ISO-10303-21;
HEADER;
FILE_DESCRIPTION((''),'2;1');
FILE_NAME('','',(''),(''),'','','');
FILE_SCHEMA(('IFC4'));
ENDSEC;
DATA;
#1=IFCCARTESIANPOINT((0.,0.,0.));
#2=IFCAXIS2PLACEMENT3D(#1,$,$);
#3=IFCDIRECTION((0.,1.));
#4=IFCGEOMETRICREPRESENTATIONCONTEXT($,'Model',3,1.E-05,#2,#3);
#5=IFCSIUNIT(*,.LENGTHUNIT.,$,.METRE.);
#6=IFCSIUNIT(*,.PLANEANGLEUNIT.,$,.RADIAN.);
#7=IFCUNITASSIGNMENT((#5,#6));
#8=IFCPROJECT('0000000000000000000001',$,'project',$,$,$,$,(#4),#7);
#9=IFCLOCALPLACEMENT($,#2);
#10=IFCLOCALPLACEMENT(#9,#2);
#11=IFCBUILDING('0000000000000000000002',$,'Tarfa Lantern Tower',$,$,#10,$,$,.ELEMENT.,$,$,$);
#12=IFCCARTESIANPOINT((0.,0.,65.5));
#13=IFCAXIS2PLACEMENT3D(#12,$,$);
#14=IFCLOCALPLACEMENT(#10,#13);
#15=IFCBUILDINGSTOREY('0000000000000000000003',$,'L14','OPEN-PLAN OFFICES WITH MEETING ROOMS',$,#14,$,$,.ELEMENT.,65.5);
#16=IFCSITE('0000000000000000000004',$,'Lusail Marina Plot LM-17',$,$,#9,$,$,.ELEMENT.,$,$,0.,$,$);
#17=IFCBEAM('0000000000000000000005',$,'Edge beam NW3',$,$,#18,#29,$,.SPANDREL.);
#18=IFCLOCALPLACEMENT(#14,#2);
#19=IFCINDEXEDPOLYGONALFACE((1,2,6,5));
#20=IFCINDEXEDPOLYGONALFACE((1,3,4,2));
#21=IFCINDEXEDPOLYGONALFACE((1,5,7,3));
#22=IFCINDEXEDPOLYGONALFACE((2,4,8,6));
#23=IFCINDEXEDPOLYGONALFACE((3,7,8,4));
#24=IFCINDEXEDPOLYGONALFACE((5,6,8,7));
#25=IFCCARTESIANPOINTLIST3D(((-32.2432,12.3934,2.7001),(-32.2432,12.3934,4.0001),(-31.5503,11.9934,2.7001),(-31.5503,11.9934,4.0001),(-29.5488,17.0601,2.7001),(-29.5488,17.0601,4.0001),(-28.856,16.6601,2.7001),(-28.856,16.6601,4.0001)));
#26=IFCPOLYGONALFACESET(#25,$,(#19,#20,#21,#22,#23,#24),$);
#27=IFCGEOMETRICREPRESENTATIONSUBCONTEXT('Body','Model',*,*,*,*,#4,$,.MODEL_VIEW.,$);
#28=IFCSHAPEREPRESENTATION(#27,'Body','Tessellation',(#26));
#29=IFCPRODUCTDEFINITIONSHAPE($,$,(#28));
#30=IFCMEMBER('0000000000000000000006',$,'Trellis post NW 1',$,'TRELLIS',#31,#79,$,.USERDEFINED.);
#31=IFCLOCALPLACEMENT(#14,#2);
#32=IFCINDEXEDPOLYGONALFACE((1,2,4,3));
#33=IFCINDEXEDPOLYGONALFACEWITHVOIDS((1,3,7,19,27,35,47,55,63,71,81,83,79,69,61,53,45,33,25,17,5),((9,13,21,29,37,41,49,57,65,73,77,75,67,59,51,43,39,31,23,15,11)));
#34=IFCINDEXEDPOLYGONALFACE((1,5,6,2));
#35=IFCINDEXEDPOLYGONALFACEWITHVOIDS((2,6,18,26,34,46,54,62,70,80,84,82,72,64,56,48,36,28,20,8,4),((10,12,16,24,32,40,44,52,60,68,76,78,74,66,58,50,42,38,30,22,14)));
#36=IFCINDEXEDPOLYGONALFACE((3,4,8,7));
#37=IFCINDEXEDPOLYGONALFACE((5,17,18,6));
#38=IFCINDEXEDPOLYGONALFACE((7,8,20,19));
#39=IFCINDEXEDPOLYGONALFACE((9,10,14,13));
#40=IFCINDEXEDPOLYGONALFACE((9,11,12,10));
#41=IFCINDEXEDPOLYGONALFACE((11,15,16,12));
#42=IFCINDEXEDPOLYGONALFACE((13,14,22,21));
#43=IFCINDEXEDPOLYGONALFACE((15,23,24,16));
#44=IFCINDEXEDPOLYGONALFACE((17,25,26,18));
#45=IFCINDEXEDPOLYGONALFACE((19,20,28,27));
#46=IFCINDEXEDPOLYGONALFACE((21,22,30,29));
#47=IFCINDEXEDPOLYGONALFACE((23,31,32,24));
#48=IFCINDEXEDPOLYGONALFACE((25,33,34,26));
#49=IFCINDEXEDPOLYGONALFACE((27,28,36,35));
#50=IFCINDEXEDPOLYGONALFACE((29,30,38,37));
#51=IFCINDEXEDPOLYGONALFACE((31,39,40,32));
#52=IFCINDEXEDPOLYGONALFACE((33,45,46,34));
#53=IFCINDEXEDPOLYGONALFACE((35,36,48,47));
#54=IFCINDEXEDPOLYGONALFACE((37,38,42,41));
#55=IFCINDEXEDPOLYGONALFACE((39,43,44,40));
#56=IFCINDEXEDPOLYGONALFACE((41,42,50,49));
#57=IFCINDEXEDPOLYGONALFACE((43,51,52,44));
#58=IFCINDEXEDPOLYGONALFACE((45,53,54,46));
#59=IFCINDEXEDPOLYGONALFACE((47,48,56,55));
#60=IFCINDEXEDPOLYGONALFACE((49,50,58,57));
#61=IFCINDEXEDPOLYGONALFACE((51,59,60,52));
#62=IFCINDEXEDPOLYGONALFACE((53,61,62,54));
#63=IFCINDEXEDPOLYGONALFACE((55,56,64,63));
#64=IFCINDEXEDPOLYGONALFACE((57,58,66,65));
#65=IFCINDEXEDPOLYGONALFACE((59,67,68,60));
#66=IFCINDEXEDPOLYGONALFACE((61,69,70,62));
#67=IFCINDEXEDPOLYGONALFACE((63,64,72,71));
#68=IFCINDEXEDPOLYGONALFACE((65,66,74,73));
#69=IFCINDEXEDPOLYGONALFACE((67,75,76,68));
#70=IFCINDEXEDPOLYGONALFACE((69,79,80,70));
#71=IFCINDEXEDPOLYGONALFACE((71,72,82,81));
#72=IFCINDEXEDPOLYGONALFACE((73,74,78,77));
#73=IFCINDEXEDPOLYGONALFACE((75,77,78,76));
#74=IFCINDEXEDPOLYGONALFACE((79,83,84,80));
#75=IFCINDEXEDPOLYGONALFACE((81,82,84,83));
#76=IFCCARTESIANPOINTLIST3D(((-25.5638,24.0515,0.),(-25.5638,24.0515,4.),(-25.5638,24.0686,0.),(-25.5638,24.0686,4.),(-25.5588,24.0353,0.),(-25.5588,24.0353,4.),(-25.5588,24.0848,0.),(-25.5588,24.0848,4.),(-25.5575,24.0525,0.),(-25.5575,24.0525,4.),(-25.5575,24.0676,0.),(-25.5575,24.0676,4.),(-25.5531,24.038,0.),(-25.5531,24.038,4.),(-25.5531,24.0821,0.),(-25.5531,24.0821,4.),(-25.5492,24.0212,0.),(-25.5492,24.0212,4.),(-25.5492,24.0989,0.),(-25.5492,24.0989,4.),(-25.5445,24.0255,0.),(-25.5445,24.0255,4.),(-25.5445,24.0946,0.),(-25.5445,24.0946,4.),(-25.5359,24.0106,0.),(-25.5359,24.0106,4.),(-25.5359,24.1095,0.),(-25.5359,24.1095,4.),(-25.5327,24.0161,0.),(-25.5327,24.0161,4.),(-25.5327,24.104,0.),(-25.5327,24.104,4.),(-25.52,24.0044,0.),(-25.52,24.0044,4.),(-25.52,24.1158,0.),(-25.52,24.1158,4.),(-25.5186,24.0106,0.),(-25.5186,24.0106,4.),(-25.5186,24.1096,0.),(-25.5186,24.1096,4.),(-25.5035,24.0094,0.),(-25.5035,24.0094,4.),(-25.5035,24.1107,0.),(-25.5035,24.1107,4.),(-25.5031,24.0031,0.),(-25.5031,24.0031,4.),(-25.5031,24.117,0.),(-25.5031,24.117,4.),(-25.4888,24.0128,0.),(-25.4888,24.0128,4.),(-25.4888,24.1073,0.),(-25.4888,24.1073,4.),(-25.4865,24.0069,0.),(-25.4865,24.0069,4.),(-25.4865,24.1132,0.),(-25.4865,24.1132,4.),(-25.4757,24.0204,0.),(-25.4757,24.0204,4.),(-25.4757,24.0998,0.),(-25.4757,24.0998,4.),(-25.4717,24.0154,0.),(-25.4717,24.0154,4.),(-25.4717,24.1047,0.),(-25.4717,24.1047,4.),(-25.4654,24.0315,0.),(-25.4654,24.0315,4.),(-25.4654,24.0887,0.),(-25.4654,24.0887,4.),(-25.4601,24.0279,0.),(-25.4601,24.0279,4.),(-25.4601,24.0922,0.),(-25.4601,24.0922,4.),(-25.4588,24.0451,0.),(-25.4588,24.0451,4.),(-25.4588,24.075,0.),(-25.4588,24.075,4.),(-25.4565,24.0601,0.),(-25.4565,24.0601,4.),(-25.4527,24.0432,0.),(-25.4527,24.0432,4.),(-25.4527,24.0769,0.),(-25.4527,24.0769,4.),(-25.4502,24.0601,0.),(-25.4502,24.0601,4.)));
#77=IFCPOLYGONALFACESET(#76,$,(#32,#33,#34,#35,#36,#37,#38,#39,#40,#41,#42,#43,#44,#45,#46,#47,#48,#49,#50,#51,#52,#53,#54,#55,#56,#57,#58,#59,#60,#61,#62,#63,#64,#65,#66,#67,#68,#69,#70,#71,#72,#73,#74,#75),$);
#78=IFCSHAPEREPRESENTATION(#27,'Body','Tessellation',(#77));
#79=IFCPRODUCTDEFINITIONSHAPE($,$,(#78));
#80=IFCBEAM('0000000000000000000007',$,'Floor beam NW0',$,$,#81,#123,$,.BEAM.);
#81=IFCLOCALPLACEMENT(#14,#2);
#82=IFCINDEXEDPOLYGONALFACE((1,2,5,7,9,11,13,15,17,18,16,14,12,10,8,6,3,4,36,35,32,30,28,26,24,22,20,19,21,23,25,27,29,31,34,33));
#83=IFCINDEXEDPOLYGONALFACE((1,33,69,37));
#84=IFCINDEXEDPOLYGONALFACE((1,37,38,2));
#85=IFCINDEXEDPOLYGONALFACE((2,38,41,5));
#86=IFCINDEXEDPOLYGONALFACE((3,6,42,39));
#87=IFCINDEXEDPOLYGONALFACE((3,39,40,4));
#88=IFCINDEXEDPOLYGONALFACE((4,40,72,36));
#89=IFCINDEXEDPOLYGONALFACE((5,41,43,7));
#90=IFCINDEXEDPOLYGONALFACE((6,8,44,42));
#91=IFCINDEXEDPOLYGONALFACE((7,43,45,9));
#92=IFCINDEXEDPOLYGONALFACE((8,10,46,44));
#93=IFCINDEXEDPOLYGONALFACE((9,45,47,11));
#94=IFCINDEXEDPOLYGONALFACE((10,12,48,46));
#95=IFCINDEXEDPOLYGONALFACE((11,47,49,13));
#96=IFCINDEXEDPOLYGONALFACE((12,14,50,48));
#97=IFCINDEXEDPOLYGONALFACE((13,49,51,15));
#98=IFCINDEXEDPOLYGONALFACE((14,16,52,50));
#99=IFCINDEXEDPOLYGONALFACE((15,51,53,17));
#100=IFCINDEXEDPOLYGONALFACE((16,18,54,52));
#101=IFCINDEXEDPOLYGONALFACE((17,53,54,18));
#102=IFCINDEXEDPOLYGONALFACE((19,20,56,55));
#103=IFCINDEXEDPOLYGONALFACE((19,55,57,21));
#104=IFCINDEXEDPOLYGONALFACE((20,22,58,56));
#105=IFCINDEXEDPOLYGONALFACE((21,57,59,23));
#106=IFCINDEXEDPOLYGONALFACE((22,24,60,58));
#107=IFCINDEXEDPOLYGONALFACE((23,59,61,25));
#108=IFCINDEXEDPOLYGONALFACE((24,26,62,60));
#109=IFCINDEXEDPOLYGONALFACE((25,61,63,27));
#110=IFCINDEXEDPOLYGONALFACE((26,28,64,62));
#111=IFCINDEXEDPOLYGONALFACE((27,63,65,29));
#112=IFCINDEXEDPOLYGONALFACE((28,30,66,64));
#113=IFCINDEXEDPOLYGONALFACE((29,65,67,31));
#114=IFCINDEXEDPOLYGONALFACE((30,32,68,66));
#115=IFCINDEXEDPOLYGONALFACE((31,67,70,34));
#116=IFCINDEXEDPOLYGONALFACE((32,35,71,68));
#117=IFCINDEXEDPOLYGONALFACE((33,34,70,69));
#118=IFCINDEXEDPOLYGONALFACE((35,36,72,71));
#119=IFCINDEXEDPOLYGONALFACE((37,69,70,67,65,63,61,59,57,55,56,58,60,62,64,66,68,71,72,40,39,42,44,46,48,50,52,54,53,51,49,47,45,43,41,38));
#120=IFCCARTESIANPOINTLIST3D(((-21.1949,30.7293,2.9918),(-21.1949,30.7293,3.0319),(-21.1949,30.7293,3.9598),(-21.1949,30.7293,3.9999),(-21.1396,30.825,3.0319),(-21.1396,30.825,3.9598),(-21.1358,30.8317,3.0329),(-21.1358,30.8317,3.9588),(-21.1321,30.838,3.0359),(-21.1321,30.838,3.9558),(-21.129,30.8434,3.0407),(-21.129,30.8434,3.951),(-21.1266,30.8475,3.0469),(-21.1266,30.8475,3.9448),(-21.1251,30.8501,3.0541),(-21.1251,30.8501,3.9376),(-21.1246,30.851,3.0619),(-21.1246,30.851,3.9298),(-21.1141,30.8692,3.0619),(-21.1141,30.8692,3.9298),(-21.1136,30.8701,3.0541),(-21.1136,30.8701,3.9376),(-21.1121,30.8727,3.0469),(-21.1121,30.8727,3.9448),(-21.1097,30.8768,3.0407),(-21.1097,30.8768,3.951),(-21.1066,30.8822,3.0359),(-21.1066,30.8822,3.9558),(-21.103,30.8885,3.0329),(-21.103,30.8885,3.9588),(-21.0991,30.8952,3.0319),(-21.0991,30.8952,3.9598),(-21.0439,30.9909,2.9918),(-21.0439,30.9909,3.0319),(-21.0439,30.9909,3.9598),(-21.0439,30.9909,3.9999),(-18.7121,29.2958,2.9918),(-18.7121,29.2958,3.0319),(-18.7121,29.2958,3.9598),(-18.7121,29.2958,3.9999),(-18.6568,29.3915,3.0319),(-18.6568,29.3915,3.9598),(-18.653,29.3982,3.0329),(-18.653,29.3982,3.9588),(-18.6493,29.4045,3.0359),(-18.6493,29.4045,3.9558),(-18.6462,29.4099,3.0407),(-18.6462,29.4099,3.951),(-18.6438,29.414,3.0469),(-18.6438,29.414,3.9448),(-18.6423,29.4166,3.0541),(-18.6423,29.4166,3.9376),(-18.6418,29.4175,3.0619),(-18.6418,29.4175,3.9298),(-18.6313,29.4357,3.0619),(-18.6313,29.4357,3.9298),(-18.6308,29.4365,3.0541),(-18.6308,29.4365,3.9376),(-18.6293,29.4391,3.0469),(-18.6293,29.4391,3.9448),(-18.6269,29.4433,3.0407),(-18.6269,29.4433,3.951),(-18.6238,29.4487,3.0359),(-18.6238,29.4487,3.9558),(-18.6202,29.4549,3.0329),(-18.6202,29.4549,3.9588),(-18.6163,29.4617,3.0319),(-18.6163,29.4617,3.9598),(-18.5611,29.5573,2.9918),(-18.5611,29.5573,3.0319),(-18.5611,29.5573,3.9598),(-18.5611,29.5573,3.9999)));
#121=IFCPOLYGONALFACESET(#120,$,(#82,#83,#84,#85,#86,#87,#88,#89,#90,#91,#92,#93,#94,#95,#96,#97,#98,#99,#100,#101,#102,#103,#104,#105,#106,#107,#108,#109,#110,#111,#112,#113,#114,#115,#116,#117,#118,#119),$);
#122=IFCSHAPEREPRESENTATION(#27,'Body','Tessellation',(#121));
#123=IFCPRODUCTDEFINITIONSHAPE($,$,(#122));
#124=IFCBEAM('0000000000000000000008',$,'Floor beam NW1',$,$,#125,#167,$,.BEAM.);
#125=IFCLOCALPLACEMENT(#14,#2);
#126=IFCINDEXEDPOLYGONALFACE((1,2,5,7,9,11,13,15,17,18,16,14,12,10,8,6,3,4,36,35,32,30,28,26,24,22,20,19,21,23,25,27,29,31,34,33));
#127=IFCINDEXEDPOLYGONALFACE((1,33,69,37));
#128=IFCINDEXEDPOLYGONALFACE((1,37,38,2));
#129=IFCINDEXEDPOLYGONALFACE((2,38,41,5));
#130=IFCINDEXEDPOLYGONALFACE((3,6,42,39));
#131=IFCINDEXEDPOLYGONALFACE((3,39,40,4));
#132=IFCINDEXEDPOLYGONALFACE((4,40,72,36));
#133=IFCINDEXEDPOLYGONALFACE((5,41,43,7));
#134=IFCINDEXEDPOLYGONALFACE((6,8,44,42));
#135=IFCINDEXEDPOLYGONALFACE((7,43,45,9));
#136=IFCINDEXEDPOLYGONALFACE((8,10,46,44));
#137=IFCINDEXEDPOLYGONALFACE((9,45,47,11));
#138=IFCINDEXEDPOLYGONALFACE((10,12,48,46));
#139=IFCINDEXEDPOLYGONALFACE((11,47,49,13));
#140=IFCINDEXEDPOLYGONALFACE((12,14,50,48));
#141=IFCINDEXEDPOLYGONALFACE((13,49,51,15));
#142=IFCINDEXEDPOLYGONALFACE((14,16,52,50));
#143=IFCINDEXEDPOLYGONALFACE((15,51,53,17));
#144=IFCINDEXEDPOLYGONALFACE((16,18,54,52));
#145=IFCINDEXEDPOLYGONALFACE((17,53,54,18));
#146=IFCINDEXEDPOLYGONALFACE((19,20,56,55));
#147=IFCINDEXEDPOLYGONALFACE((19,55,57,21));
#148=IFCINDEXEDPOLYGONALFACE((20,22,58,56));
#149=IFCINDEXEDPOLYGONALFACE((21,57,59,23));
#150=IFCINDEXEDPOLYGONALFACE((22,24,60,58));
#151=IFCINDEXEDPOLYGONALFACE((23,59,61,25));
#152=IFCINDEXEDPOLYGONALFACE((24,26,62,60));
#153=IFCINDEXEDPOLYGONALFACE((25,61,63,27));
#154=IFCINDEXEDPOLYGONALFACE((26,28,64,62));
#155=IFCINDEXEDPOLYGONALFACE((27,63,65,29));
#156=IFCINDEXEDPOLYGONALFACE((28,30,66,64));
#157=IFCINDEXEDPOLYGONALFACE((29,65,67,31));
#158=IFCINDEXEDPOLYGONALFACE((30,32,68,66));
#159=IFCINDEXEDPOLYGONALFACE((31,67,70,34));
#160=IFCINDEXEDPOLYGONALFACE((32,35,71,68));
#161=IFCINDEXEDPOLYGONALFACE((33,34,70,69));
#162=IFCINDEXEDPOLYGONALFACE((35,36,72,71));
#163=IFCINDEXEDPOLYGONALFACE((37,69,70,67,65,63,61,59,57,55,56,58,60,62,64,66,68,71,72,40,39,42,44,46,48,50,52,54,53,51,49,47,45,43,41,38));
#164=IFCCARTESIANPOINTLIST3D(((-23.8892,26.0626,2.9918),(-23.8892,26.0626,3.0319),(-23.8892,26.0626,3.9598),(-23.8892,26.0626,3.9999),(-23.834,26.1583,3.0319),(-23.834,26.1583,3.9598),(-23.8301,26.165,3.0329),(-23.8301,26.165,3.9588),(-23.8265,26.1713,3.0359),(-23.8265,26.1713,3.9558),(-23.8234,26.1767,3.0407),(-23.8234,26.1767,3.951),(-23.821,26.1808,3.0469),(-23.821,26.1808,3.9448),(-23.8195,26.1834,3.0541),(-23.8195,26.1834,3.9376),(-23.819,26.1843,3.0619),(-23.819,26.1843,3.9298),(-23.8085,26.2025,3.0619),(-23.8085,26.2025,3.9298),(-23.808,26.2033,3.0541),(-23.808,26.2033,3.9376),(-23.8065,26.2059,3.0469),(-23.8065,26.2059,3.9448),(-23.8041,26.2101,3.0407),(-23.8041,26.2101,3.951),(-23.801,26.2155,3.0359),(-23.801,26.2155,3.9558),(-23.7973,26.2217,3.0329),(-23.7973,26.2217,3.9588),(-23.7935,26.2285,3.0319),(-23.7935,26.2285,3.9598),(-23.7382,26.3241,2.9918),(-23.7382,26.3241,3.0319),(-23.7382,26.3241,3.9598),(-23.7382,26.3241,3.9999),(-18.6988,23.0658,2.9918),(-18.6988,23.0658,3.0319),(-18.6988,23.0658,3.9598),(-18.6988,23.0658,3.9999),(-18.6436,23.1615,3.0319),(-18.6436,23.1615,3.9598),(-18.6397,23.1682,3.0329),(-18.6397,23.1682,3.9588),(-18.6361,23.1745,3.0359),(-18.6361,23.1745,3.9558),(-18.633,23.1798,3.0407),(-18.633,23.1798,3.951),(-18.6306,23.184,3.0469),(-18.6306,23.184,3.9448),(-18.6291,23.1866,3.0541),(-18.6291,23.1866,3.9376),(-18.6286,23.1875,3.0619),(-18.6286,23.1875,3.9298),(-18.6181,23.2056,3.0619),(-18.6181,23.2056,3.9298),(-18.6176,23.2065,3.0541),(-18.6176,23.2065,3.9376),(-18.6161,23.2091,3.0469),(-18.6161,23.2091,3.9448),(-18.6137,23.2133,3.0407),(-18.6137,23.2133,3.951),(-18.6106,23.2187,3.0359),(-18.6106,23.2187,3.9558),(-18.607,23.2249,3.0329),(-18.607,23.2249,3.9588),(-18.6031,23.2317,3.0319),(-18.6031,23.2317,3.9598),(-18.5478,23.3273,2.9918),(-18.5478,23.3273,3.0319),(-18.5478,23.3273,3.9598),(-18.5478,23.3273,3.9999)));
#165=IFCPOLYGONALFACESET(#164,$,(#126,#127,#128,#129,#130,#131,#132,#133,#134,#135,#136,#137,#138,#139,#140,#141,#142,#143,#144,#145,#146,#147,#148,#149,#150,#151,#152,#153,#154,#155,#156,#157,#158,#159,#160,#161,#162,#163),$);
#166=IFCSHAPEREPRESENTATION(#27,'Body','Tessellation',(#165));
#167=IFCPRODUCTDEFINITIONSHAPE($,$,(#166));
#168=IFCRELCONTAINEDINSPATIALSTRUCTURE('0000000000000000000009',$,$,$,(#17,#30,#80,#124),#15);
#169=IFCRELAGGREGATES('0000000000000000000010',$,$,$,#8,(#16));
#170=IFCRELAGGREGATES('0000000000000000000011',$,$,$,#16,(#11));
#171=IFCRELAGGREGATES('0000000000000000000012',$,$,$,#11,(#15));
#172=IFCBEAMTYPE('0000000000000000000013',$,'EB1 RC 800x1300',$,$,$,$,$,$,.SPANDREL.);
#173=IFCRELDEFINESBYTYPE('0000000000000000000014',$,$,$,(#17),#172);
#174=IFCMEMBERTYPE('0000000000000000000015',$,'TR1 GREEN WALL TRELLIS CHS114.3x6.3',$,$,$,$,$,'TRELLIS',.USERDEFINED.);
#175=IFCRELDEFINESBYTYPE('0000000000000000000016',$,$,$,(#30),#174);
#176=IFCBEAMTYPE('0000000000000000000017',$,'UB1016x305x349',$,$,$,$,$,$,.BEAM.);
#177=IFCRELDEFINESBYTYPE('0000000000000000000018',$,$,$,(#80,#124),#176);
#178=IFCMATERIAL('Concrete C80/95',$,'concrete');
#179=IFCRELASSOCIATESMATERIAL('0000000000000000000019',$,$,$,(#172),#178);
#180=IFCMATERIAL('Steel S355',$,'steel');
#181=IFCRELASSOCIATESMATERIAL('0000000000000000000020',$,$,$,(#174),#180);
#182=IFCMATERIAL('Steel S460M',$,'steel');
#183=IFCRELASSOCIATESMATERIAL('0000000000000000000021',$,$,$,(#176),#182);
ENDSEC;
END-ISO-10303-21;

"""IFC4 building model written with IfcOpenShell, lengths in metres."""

from ifc_helpers import new_model, si_unit, direction, frame, origin, origin_2d, place, context, subcontext, project, spatial, rectangle, hollow_circle, i_section, extrude, material, material_profile, profile_set, type_object, element, save


model = new_model("IFC4")

# Units and contexts
model_context = context("Model", 3, precision=1e-05, world=origin(), true_north=direction((0.0, 1.0)))
body_context = subcontext(model_context, "Body", "Model", "MODEL_VIEW")
ifc_project = project(units=[si_unit("LENGTHUNIT", "METRE"), si_unit("PLANEANGLEUNIT", "RADIAN")], contexts=[model_context])

# Site, building, storey
site_placement = place(None, origin())
site = spatial("IfcSite", under=ifc_project, at=site_placement, Name="Lusail Marina Plot LM-17", CompositionType="ELEMENT", RefElevation=0.0)
building_placement = place(site_placement, origin())
building = spatial("IfcBuilding", under=site, at=building_placement, Name="Tarfa Lantern Tower", CompositionType="ELEMENT")
storey_placement = place(building_placement, frame((0.0, 0.0, 65.5)))
storey = spatial("IfcBuildingStorey", under=building, at=storey_placement, Name="L14", Description="OPEN-PLAN OFFICES WITH MEETING ROOMS", CompositionType="ELEMENT", Elevation=65.5)

# Shared definitions
ifc_material_1 = material(Name="Concrete C80/95", Category="concrete")

# Beam
ifc_material_profile_1 = material_profile(ifc_material_1, rectangle(XDim=0.8, YDim=1.3, at=origin_2d()), Name="RC 800x1300")
ifc_profile_set_1 = profile_set([ifc_material_profile_1], Name="Concrete C80/95")
beam_type_1 = type_object("IfcBeamType", Name="EB1 RC 800x1300", PredefinedType="SPANDREL", material=ifc_profile_set_1)
beam_1_placement = place(storey_placement, frame((-29.2024, 16.8601, 3.3501), z_axis=(-0.499998, -0.866026, 0.0), x_axis=(0.866026, -0.499998, 0.0)))
element("IfcBeam", 1, at=beam_1_placement, inside=storey, type_object=beam_type_1, Name="Edge beam NW3", PredefinedType="SPANDREL", context=body_context, shape_type="SweptSolid", body=[
    extrude(rectangle(XDim=0.8, YDim=1.3, at=origin_2d()), origin(), (0.0, 0.0, 1.0), 5.3887),
])

# Member
ifc_material_2 = material(Name="Steel S355", Category="steel")
ifc_material_profile_2 = material_profile(ifc_material_2, hollow_circle(Radius=0.0571, WallThickness=0.0063, at=origin_2d()), Name="CHS114.3x6.3")
ifc_profile_set_2 = profile_set([ifc_material_profile_2], Name="Steel S355")
member_type_1 = type_object("IfcMemberType", Name="TR1 GREEN WALL TRELLIS CHS114.3x6.3", ElementType="TRELLIS", PredefinedType="USERDEFINED", material=ifc_profile_set_2)
member_1_placement = place(storey_placement, frame((-25.5073, 24.0601, 0.0), z_axis=(0.0, 0.0, 1.0), x_axis=(1.0, 0.0, 0.0)))
element("IfcMember", 2, at=member_1_placement, inside=storey, type_object=member_type_1, Name="Trellis post NW 1", ObjectType="TRELLIS", PredefinedType="USERDEFINED", context=body_context, shape_type="SweptSolid", body=[
    extrude(hollow_circle(Radius=0.0571, WallThickness=0.0063, at=origin_2d()), origin(), (0.0, 0.0, 1.0), 4.0),
])

# Beams
ifc_material_3 = material(Name="Steel S460M", Category="steel")
ifc_material_profile_3 = material_profile(ifc_material_3, i_section(OverallWidth=0.302, OverallDepth=1.0081, WebThickness=0.021, FlangeThickness=0.04, FilletRadius=0.03, at=origin_2d()), Name="UB1016x305x349")
ifc_profile_set_3 = profile_set([ifc_material_profile_3], Name="Steel S460M")
beam_type_2 = type_object("IfcBeamType", Name="UB1016x305x349", PredefinedType="BEAM", material=ifc_profile_set_3)
beam_2_placement = place(storey_placement, frame((-21.1194, 30.8601, 3.4958), z_axis=(0.866013, -0.500022, 0.0), x_axis=(0.500022, 0.866013, 0.0)))
element("IfcBeam", 3, at=beam_2_placement, inside=storey, type_object=beam_type_2, Name="Floor beam NW0", PredefinedType="BEAM", context=body_context, shape_type="SweptSolid", body=[
    extrude(i_section(OverallWidth=0.302, OverallDepth=1.0081, WebThickness=0.021, FlangeThickness=0.04, FilletRadius=0.03, at=origin_2d()), origin(), (0.0, 0.0, 1.0), 2.8669),
])
beam_3_placement = place(storey_placement, frame((-23.8137, 26.1934, 3.4958), z_axis=(0.866016, -0.500016, 0.0), x_axis=(0.500016, 0.866016, 0.0)))
element("IfcBeam", 4, at=beam_3_placement, inside=storey, type_object=beam_type_2, Name="Floor beam NW1", PredefinedType="BEAM", context=body_context, shape_type="SweptSolid", body=[
    extrude(i_section(OverallWidth=0.302, OverallDepth=1.0081, WebThickness=0.021, FlangeThickness=0.04, FilletRadius=0.03, at=origin_2d()), origin(), (0.0, 0.0, 1.0), 5.9934),
])

save(model, "model.ifc")
